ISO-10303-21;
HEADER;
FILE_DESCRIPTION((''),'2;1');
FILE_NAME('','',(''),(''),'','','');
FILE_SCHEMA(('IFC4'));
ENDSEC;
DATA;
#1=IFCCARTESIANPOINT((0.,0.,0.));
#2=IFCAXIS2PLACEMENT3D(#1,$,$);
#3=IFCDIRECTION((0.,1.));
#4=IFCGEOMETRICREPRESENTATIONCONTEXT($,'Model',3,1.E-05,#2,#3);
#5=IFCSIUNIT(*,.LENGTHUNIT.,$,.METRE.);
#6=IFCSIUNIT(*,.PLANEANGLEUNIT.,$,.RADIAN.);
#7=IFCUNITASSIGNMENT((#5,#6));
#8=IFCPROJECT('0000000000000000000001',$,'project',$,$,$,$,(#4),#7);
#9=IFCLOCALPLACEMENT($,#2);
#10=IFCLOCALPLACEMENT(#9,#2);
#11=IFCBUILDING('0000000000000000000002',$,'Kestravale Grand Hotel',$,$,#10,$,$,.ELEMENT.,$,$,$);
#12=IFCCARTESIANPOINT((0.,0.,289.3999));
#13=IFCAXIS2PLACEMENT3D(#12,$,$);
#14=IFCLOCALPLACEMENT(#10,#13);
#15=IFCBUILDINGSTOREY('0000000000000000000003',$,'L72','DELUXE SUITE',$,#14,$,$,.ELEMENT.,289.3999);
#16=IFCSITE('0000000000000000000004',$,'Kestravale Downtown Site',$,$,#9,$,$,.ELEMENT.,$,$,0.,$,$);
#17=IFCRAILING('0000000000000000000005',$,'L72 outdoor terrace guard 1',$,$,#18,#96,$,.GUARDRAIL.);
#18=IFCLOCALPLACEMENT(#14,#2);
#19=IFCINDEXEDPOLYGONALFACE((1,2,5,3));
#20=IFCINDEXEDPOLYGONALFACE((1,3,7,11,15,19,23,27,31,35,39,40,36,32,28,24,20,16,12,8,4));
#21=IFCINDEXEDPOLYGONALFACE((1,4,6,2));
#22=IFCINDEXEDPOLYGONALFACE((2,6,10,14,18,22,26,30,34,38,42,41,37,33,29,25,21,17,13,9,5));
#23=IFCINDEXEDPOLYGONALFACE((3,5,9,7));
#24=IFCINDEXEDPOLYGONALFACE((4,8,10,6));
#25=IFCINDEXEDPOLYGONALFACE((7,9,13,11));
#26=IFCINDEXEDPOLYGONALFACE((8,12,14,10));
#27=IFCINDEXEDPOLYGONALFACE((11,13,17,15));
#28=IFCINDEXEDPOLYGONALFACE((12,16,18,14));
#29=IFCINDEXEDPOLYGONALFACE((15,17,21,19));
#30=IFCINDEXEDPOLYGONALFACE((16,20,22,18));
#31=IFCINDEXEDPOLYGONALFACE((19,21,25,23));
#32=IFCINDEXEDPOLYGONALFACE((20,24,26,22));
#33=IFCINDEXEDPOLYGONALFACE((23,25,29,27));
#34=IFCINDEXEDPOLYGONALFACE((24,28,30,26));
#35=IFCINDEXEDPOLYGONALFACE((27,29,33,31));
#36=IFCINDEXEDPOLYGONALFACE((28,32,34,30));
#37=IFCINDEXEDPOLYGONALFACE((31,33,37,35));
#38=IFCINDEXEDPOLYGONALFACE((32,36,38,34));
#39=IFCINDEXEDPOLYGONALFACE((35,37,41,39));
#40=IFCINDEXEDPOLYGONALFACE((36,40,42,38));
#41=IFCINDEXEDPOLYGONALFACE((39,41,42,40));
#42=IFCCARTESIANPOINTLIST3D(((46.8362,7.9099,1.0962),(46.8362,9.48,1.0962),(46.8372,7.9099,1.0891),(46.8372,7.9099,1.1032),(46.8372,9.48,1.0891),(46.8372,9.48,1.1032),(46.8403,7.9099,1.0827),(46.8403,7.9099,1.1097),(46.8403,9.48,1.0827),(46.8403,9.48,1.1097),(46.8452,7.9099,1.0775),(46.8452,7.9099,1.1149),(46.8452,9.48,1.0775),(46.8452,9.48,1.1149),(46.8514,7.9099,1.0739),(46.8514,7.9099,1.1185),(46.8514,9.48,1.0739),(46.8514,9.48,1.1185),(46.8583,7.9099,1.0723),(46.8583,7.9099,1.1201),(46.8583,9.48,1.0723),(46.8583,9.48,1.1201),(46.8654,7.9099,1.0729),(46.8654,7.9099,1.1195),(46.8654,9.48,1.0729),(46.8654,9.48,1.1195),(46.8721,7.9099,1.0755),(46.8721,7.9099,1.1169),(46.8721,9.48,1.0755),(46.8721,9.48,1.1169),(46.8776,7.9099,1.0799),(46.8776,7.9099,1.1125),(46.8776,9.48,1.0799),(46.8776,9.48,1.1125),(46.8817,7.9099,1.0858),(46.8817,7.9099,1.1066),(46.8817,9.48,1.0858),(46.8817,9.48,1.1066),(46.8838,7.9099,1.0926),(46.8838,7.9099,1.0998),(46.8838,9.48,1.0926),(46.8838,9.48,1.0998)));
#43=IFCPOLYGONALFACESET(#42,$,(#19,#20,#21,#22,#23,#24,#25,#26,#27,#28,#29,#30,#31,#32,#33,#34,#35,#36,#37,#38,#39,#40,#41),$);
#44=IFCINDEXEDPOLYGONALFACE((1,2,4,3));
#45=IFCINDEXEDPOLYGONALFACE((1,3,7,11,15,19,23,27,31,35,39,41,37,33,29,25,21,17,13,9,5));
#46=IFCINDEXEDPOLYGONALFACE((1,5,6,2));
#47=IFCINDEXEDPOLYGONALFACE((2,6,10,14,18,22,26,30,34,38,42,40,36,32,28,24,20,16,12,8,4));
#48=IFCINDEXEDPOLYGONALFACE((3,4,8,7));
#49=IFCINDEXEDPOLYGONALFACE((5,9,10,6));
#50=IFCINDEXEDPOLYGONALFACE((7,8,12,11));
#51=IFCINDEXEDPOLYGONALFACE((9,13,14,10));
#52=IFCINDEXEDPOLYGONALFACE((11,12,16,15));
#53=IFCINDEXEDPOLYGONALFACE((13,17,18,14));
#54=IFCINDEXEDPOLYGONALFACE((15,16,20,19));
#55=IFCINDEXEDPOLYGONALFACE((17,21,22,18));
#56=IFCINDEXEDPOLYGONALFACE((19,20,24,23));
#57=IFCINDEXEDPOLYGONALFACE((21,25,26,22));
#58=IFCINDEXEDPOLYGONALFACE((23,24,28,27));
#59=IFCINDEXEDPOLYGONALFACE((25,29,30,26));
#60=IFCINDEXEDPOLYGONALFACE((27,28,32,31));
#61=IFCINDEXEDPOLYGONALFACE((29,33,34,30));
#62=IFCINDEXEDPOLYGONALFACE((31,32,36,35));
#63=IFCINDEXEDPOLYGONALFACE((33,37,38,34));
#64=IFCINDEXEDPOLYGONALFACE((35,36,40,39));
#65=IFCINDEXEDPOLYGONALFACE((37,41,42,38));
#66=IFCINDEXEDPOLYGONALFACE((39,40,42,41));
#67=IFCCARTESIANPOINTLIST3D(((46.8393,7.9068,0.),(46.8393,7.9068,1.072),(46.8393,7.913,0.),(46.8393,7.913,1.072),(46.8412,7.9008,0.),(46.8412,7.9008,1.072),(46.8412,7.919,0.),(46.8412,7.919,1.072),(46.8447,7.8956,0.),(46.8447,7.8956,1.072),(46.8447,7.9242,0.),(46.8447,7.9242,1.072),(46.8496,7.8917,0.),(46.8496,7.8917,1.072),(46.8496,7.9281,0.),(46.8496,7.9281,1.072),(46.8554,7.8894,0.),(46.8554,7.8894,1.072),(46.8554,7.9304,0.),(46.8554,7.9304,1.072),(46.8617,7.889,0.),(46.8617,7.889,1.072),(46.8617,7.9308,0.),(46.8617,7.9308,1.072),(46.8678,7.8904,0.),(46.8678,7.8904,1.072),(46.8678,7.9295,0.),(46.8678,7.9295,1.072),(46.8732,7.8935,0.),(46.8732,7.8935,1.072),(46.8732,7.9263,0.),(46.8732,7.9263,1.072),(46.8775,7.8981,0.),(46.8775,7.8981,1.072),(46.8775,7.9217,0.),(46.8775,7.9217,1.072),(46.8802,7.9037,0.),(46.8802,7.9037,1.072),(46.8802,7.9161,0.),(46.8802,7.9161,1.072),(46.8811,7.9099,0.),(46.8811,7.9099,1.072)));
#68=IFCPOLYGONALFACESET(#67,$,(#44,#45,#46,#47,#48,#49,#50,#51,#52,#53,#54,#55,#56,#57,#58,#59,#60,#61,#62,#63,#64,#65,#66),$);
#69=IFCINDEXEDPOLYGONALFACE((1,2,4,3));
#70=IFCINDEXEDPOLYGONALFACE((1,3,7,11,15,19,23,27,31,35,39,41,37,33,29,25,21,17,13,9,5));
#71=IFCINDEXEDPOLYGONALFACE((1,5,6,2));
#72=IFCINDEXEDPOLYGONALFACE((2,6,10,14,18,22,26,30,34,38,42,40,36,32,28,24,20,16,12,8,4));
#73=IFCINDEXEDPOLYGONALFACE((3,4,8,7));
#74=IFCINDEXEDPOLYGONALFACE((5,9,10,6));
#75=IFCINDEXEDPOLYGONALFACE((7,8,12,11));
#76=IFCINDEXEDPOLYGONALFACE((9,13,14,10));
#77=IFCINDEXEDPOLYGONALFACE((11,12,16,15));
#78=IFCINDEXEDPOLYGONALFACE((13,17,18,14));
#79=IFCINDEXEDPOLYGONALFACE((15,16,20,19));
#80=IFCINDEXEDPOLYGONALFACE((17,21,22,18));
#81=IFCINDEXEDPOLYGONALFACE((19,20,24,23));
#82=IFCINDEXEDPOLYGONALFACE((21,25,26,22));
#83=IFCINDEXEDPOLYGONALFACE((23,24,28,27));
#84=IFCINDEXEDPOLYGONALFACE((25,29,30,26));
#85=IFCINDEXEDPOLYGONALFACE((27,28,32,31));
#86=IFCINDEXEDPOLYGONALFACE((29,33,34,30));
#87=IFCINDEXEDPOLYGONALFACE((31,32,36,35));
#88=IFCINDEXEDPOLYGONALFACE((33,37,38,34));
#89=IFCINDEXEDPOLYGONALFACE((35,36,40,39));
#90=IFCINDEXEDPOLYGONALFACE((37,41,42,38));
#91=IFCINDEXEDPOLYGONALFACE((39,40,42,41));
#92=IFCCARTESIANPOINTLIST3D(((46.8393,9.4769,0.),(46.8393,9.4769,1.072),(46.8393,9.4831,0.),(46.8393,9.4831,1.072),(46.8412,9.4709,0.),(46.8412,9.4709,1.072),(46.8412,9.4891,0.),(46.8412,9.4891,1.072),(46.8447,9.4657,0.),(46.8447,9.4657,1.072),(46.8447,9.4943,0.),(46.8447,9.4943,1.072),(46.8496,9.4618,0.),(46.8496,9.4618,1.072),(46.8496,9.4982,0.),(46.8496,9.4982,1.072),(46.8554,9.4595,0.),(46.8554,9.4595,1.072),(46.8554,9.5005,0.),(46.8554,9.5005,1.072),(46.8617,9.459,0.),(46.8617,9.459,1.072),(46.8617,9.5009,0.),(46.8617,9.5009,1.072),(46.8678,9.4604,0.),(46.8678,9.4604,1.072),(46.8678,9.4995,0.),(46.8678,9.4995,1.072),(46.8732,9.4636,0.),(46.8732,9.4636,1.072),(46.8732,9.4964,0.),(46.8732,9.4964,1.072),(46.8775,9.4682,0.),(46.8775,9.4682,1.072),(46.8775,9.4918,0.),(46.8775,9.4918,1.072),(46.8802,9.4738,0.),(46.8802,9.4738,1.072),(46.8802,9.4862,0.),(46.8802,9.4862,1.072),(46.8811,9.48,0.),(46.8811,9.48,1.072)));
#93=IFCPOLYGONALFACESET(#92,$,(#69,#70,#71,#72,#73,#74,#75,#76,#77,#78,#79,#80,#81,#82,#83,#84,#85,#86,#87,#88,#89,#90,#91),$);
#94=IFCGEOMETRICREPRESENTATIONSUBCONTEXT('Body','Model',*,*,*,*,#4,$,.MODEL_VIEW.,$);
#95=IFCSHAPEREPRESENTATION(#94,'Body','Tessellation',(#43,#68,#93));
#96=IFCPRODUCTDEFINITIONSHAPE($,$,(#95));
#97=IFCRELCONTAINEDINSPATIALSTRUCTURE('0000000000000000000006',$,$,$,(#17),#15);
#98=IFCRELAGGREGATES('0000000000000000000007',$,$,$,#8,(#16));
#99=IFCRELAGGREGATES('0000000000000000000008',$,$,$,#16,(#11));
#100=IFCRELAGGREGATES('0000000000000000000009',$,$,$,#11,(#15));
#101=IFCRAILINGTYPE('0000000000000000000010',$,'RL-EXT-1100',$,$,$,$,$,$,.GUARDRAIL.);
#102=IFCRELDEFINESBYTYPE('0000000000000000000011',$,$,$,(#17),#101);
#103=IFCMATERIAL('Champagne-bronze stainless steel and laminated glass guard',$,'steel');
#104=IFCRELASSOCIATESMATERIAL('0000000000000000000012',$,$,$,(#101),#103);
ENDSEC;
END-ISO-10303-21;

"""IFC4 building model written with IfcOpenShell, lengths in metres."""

from ifc_helpers import new_model, si_unit, direction, frame, origin, origin_2d, place, context, subcontext, project, spatial, circle, extrude, material, type_object, element, save


model = new_model("IFC4")

# Units and contexts
model_context = context("Model", 3, precision=1e-05, world=origin(), true_north=direction((0.0, 1.0)))
body_context = subcontext(model_context, "Body", "Model", "MODEL_VIEW")
ifc_project = project(units=[si_unit("LENGTHUNIT", "METRE"), si_unit("PLANEANGLEUNIT", "RADIAN")], contexts=[model_context])

# Site, building, storey
site_placement = place(None, origin())
site = spatial("IfcSite", under=ifc_project, at=site_placement, Name="Kestravale Downtown Site", CompositionType="ELEMENT", RefElevation=0.0)
building_placement = place(site_placement, origin())
building = spatial("IfcBuilding", under=site, at=building_placement, Name="Kestravale Grand Hotel", CompositionType="ELEMENT")
storey_placement = place(building_placement, frame((0.0, 0.0, 289.3999)))
storey = spatial("IfcBuildingStorey", under=building, at=storey_placement, Name="L72", Description="DELUXE SUITE", CompositionType="ELEMENT", Elevation=289.3999)

# Railing
ifc_material_1 = material(Name="Champagne-bronze stainless steel and laminated glass guard", Category="steel")
railing_type = type_object("IfcRailingType", Name="RL-EXT-1100", PredefinedType="GUARDRAIL", material=ifc_material_1)
railing_placement = place(storey_placement, frame((46.8601, 7.9099, 0.0)))
element("IfcRailing", 1, at=railing_placement, inside=storey, type_object=railing_type, Name="L72 outdoor terrace guard 1", PredefinedType="GUARDRAIL", context=body_context, shape_type="SweptSolid", body=[
    extrude(circle(Radius=0.0239, at=origin_2d()), frame((0.0, 0.0, 1.0962), z_axis=(0.0, 1.0, 0.0), x_axis=(-1.0, 0.0, 0.0)), (0.0, 0.0, 1.0), 1.5701),
    extrude(circle(Radius=0.021, at=origin_2d()), origin(), (0.0, 0.0, 1.0), 1.072),
    extrude(circle(Radius=0.021, at=origin_2d()), frame((0.0, 1.5701, 0.0)), (0.0, 0.0, 1.0), 1.072),
])

save(model, "model.ifc")
